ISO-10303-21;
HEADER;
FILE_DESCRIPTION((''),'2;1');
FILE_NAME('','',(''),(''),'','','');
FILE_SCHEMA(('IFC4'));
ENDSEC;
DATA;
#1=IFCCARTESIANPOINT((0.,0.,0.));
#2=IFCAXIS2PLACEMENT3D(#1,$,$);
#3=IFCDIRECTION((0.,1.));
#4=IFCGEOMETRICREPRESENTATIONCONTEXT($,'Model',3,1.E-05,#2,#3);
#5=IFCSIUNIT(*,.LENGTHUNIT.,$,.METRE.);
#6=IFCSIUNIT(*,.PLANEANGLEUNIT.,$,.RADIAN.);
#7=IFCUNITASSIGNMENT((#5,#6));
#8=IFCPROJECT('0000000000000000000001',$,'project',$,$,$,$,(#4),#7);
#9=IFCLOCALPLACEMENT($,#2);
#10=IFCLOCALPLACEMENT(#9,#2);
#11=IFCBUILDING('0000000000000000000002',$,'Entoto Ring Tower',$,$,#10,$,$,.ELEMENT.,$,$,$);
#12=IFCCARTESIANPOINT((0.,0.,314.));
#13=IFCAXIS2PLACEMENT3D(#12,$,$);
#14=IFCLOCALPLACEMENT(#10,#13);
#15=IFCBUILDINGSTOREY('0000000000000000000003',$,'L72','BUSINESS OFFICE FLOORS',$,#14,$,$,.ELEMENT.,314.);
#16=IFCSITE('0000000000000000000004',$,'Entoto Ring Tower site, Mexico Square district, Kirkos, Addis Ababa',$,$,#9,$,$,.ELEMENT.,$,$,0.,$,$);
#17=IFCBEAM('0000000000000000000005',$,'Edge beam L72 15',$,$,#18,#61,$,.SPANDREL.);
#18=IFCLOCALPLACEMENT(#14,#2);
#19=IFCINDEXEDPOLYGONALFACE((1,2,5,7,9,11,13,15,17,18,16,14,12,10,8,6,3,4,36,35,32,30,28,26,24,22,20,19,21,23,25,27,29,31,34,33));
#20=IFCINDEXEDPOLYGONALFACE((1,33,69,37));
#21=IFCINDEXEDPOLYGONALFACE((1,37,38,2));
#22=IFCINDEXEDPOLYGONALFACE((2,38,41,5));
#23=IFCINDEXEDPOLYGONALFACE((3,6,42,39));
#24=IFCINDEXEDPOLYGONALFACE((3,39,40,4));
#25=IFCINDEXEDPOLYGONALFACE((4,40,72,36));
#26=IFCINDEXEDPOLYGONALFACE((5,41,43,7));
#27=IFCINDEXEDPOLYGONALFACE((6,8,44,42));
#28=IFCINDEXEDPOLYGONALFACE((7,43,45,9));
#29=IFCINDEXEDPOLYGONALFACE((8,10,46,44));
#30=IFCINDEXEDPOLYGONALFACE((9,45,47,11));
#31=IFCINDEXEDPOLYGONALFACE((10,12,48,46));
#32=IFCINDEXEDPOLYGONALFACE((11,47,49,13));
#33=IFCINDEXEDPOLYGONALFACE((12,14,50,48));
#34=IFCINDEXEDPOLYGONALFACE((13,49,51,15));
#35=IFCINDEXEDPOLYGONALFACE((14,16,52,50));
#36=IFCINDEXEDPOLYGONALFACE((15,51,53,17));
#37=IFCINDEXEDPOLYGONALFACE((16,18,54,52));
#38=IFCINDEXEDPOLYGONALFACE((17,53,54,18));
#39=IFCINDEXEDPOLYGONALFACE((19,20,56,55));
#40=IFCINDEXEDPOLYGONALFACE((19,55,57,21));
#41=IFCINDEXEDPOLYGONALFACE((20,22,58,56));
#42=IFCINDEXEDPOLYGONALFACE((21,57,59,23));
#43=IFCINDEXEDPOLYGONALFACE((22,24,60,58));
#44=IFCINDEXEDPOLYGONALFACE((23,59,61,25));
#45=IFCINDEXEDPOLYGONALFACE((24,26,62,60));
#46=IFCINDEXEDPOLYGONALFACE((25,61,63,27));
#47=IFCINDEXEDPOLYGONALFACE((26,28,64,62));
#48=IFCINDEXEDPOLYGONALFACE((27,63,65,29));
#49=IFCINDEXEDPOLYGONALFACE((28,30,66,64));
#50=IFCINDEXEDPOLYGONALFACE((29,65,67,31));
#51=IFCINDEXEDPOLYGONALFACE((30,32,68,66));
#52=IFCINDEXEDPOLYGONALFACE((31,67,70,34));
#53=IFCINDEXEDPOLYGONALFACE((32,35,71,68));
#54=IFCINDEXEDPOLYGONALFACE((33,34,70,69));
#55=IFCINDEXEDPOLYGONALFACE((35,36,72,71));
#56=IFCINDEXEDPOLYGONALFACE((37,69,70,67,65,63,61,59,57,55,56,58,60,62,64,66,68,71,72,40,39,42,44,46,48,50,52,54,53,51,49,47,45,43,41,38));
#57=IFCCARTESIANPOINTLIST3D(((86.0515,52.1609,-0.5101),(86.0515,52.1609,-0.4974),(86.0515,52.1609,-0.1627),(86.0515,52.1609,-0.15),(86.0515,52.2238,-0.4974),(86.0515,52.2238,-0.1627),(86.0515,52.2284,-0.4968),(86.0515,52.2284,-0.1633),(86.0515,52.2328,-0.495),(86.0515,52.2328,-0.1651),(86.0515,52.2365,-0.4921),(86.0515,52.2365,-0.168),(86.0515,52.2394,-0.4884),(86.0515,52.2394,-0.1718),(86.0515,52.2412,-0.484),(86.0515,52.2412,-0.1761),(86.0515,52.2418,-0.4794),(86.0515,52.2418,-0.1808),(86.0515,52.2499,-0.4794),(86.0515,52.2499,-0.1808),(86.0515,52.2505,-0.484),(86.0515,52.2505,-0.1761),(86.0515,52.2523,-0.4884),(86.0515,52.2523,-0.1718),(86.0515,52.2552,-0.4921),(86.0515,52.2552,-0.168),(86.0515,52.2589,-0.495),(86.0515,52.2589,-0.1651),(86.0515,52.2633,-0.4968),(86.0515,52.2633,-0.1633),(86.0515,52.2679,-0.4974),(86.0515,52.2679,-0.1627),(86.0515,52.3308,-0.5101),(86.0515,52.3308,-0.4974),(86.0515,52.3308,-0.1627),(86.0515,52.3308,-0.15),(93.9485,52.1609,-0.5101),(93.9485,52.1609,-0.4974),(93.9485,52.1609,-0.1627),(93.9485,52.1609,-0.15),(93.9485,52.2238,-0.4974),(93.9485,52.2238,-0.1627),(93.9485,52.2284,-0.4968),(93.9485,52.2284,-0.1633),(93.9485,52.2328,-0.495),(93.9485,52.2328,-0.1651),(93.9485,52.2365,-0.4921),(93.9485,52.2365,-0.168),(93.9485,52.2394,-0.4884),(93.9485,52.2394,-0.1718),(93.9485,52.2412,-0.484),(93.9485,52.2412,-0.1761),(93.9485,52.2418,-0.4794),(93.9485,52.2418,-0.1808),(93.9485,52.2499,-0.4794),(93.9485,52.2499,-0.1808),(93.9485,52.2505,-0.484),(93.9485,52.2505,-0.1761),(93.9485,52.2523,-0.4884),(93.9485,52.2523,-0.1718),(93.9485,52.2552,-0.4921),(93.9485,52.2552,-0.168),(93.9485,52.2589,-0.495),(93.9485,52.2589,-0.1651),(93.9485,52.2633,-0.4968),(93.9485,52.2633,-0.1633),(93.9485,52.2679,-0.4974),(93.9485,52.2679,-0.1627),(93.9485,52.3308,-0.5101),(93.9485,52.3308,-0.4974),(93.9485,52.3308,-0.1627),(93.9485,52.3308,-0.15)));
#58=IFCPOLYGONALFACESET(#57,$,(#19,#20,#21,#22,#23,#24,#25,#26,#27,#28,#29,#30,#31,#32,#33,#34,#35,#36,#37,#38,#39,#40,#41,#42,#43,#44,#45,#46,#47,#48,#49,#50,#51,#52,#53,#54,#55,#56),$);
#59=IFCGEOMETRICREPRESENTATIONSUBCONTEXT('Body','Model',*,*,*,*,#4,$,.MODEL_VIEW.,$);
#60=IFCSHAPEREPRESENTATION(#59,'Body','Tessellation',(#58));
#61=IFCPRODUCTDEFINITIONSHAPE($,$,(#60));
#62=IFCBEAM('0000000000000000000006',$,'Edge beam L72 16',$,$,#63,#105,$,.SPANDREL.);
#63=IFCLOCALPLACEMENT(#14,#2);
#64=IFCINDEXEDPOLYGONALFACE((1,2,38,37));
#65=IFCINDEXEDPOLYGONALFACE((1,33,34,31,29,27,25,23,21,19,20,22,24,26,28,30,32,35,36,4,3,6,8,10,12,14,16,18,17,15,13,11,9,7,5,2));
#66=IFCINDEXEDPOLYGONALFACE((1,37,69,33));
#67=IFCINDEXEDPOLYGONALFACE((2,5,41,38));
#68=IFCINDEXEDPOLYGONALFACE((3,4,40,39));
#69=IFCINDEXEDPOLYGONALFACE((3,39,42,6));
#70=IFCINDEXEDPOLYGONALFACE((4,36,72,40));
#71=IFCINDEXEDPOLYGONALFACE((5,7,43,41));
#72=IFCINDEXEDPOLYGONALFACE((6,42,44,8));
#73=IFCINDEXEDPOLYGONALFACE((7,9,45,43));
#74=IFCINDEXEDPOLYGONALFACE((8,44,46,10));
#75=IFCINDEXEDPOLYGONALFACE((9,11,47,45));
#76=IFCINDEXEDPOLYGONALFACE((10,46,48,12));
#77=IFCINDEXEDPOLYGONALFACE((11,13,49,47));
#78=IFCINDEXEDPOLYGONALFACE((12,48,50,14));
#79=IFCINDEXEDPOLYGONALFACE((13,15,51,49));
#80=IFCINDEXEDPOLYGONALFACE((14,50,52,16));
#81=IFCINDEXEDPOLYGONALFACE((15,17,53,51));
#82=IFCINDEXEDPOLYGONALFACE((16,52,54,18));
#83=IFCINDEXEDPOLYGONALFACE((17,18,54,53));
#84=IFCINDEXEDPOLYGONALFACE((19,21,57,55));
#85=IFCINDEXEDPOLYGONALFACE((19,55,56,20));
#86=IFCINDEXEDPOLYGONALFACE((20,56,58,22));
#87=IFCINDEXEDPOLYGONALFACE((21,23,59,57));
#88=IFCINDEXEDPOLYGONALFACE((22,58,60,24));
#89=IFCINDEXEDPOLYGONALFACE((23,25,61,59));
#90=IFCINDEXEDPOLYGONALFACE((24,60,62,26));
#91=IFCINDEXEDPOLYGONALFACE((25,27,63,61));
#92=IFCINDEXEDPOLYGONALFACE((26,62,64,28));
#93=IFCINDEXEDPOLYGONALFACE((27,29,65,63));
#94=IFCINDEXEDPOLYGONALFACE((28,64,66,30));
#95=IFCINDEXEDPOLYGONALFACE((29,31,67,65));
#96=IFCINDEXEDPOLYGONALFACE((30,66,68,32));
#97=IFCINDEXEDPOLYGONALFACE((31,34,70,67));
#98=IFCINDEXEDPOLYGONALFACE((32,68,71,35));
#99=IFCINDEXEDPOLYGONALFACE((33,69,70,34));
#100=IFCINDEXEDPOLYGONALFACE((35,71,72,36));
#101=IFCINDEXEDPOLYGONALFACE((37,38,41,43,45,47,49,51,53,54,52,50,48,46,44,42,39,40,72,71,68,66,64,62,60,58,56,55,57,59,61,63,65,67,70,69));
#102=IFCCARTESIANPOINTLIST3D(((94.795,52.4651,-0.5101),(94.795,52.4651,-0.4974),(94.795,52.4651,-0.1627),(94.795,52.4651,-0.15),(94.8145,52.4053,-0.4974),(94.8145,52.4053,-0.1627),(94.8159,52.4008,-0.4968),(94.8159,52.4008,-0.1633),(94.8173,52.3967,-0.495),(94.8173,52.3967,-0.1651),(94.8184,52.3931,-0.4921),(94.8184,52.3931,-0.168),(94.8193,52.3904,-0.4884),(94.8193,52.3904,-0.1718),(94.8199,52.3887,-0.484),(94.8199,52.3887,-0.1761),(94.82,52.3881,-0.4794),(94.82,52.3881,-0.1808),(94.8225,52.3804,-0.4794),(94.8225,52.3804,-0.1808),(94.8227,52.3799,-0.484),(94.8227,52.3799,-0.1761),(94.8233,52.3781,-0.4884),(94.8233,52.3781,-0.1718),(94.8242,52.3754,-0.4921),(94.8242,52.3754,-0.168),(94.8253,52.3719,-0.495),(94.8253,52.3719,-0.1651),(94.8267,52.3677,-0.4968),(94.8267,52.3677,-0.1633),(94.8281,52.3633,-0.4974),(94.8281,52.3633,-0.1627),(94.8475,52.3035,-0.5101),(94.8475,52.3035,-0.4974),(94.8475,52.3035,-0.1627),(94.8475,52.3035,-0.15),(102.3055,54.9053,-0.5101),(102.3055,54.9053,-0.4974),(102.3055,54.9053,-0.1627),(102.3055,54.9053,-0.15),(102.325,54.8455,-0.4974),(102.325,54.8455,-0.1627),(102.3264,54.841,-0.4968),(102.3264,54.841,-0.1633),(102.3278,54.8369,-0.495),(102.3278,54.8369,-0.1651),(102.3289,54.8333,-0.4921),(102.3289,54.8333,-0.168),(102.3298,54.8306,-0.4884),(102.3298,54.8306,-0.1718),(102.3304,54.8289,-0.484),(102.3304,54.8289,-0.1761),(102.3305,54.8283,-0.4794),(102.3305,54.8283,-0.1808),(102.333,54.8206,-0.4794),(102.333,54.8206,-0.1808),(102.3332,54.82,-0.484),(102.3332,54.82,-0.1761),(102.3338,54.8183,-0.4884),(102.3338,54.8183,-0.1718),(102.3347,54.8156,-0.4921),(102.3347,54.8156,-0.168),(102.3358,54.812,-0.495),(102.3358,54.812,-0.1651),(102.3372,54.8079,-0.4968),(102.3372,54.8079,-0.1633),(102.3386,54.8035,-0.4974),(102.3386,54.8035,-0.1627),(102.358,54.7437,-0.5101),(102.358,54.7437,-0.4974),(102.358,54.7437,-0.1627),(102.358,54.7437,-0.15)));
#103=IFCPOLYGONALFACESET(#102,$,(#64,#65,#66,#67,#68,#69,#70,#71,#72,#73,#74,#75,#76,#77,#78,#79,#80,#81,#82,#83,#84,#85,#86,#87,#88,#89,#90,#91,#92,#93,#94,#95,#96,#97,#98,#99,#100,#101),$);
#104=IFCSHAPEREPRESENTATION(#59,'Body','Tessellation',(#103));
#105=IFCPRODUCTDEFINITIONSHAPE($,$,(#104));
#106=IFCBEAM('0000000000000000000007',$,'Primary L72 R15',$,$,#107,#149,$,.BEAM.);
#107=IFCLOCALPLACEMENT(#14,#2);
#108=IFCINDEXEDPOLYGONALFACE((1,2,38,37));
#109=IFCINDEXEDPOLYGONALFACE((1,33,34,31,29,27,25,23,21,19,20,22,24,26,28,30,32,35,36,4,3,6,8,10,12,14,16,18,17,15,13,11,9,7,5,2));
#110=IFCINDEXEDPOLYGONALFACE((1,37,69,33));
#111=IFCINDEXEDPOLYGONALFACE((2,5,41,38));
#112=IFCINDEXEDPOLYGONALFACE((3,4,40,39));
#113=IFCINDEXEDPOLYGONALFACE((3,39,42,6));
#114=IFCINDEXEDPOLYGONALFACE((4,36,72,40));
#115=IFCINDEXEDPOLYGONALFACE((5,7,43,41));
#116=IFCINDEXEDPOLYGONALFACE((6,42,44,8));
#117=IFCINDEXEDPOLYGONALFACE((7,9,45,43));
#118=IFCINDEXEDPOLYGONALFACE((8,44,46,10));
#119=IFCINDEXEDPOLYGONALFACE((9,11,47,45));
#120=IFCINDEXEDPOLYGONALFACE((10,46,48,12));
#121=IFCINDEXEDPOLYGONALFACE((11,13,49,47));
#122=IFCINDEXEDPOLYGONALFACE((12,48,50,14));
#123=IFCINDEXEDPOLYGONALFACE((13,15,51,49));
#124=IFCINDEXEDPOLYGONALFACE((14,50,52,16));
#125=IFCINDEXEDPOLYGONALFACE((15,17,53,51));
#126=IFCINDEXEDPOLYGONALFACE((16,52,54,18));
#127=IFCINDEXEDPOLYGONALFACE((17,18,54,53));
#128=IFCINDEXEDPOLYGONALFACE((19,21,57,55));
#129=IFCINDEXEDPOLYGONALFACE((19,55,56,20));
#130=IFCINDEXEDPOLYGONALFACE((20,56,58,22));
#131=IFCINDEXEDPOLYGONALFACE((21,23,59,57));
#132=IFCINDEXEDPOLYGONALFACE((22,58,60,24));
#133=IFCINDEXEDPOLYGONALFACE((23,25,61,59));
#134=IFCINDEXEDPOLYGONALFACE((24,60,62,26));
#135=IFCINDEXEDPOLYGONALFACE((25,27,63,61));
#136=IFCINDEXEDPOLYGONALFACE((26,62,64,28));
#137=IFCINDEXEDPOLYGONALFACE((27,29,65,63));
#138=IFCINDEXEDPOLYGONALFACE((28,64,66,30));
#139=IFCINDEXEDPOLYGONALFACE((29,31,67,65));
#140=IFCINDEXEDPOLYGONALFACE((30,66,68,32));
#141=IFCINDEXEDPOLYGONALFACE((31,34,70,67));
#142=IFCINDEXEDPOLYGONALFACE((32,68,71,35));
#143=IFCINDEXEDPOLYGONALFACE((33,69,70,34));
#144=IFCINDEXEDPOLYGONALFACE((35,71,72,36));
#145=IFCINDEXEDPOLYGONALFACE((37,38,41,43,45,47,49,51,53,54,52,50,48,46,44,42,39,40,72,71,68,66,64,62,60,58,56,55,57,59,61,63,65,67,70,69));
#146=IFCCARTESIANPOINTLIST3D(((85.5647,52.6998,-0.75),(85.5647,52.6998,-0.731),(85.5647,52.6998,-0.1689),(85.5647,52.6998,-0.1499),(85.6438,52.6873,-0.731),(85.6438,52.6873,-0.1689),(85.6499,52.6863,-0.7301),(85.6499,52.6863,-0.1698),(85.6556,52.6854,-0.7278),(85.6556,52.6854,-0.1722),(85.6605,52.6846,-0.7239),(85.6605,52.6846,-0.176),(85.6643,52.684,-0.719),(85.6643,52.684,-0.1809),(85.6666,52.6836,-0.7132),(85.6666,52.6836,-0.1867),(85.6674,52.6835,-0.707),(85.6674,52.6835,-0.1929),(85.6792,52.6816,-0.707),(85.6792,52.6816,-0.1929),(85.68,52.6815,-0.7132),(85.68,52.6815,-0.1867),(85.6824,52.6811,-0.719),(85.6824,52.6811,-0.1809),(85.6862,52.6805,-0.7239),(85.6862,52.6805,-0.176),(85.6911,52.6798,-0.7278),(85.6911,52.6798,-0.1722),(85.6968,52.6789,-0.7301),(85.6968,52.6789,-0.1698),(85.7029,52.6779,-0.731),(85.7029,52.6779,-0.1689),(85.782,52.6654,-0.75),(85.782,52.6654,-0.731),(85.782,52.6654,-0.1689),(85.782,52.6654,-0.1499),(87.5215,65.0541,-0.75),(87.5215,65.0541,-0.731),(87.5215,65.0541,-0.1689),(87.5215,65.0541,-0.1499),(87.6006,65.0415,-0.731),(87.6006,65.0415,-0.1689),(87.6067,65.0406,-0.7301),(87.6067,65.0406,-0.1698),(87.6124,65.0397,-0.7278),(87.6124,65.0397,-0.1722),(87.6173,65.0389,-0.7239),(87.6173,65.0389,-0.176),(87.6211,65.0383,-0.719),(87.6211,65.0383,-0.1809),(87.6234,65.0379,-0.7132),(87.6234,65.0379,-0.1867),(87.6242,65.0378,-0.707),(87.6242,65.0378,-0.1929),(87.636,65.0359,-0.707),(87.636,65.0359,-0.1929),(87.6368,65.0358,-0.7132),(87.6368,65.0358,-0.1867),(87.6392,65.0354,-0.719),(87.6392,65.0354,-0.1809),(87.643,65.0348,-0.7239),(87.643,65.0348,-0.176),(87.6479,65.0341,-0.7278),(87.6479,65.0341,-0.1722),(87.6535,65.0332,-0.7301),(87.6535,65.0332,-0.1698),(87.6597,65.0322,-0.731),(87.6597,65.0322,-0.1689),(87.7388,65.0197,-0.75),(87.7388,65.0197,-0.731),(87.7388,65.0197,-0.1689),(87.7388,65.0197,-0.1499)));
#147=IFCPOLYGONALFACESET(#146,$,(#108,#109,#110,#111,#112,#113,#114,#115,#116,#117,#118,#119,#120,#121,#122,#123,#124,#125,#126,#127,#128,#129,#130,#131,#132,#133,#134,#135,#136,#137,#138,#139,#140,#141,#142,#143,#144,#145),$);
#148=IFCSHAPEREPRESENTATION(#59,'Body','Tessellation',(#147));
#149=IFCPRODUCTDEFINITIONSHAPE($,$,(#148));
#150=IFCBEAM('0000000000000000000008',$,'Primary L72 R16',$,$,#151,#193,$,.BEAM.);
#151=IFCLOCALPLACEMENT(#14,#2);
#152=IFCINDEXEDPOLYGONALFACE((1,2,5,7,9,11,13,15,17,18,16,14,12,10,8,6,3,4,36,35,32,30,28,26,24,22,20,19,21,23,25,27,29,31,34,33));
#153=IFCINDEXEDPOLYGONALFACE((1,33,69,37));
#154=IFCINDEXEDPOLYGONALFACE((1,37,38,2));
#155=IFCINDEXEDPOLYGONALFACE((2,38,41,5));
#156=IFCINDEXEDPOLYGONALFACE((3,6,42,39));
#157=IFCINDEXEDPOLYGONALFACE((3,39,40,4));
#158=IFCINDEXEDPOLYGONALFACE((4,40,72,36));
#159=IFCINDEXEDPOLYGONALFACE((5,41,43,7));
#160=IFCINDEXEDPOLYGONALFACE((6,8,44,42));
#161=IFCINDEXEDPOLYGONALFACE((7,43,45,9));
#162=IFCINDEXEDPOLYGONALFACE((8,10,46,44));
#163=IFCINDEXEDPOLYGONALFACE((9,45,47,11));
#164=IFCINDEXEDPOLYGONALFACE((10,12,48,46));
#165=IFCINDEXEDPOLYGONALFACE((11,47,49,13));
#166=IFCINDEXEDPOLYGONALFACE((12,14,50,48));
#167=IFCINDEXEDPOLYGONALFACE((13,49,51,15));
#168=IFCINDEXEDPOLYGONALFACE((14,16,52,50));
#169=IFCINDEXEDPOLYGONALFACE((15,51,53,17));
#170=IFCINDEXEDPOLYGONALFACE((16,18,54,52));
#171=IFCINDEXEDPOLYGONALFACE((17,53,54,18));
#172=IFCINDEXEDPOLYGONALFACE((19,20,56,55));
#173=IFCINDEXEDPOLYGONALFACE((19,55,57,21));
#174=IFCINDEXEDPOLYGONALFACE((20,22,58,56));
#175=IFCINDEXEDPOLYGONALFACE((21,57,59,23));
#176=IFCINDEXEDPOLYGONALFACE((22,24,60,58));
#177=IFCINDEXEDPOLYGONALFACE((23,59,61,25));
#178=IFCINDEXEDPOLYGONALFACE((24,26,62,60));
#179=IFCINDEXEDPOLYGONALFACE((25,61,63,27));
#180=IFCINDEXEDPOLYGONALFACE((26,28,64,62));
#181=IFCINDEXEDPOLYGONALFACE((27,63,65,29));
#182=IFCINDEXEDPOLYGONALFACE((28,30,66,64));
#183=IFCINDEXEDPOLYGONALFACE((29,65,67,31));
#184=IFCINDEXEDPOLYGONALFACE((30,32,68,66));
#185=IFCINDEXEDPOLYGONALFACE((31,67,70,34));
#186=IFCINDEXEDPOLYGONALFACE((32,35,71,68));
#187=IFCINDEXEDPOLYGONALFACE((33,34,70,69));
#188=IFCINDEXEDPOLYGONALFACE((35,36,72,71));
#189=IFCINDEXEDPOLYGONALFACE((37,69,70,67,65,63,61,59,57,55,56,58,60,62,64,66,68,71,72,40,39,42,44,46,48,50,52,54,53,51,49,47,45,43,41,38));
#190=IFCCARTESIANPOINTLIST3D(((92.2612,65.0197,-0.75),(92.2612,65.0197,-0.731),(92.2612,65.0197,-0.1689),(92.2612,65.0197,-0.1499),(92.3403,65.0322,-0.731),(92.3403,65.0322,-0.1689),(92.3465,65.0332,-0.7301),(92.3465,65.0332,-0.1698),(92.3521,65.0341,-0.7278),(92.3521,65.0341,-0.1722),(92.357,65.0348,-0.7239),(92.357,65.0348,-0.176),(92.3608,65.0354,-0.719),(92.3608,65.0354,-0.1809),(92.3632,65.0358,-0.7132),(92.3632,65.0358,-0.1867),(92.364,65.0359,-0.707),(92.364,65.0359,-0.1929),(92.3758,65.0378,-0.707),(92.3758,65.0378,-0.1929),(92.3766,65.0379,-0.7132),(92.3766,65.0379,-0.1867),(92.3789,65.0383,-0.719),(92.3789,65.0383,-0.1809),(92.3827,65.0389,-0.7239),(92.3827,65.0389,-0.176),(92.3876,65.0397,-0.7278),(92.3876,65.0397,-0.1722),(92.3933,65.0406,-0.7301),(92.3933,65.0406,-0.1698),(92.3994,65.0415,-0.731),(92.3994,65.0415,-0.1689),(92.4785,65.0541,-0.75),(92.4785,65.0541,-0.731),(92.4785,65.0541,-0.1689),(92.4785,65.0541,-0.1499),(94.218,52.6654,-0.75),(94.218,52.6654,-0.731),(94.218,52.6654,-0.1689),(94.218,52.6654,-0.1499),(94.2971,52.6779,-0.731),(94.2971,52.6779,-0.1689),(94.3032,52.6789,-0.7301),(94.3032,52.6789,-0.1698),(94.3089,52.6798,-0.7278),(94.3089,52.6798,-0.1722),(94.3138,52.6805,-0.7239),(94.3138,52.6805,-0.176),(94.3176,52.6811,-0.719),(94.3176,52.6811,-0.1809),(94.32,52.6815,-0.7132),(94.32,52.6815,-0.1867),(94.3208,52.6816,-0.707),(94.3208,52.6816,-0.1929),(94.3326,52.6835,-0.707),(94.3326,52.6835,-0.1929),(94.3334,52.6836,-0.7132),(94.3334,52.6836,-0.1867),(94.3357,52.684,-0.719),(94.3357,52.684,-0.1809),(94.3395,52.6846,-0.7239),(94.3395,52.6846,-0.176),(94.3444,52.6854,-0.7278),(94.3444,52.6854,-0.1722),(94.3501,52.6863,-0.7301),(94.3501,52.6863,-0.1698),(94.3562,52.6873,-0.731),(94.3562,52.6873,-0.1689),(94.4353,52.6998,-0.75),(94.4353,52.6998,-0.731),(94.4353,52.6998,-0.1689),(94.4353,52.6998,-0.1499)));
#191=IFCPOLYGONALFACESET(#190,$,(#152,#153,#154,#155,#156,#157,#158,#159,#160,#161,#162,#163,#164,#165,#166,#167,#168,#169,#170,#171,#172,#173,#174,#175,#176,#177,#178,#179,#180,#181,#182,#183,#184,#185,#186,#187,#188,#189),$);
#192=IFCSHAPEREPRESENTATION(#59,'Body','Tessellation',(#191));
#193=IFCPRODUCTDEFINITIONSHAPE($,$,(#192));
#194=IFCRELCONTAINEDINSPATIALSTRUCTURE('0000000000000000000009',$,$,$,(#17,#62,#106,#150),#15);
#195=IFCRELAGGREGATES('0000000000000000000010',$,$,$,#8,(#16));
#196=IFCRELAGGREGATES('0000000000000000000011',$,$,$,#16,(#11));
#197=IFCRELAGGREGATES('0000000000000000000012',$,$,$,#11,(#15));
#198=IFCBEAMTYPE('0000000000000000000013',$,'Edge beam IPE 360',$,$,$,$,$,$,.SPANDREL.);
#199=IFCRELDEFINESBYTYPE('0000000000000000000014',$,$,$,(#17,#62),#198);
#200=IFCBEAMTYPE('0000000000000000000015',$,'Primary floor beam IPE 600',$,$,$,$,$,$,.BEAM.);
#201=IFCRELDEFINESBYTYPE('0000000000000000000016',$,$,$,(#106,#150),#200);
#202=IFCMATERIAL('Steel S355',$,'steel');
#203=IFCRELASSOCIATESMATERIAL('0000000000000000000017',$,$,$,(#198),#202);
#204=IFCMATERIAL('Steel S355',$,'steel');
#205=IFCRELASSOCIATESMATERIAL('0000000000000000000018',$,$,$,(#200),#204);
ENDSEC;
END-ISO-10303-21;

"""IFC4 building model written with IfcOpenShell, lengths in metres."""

from ifc_helpers import new_model, si_unit, direction, frame, origin, origin_2d, place, context, subcontext, project, spatial, i_section, extrude, material, material_profile, profile_set, type_object, element, save


model = new_model("IFC4")

# Units and contexts
model_context = context("Model", 3, precision=1e-05, world=origin(), true_north=direction((0.0, 1.0)))
body_context = subcontext(model_context, "Body", "Model", "MODEL_VIEW")
ifc_project = project(units=[si_unit("LENGTHUNIT", "METRE"), si_unit("PLANEANGLEUNIT", "RADIAN")], contexts=[model_context])

# Site, building, storey
site_placement = place(None, origin())
site = spatial("IfcSite", under=ifc_project, at=site_placement, Name="Entoto Ring Tower site, Mexico Square district, Kirkos, Addis Ababa", CompositionType="ELEMENT", RefElevation=0.0)
building_placement = place(site_placement, origin())
building = spatial("IfcBuilding", under=site, at=building_placement, Name="Entoto Ring Tower", CompositionType="ELEMENT")
storey_placement = place(building_placement, frame((0.0, 0.0, 314.0)))
storey = spatial("IfcBuildingStorey", under=building, at=storey_placement, Name="L72", Description="BUSINESS OFFICE FLOORS", CompositionType="ELEMENT", Elevation=314.0)

# Beams
ifc_material_1 = material(Name="Steel S355", Category="steel")
ifc_material_profile_1 = material_profile(ifc_material_1, i_section(OverallWidth=0.1699, OverallDepth=0.3601, WebThickness=0.0081, FlangeThickness=0.0127, FilletRadius=0.0181, at=origin_2d()), Name="IPE 360")
ifc_profile_set_1 = profile_set([ifc_material_profile_1], Name="Steel S355")
beam_type_1 = type_object("IfcBeamType", Name="Edge beam IPE 360", PredefinedType="SPANDREL", material=ifc_profile_set_1)
for number, where, z_axis, x_axis, name in (
    (1, (86.0515, 52.2458, -0.3301), (1.0, 0.0, 0.0), (0.0, 1.0, 0.0), "Edge beam L72 15"),
    (2, (94.8213, 52.3843, -0.3301), (0.951061, 0.309003, 0.0), (-0.309003, 0.951061, 0.0), "Edge beam L72 16"),
):
    element("IfcBeam", number, at=place(storey_placement, frame(where, z_axis=z_axis, x_axis=x_axis)), inside=storey, type_object=beam_type_1, Name=name, PredefinedType="SPANDREL", context=body_context, shape_type="SweptSolid", body=[
        extrude(i_section(OverallWidth=0.1699, OverallDepth=0.3601, WebThickness=0.0081, FlangeThickness=0.0127, FilletRadius=0.0181, at=origin_2d()), origin(), (0.0, 0.0, 1.0), 7.897),
    ])
ifc_material_2 = material(Name="Steel S355", Category="steel")
ifc_material_profile_2 = material_profile(ifc_material_2, i_section(OverallWidth=0.22, OverallDepth=0.6001, WebThickness=0.012, FlangeThickness=0.019, FilletRadius=0.0239, at=origin_2d()), Name="IPE 600")
ifc_profile_set_2 = profile_set([ifc_material_profile_2], Name="Steel S355")
beam_type_2 = type_object("IfcBeamType", Name="Primary floor beam IPE 600", PredefinedType="BEAM", material=ifc_profile_set_2)
for number, where, z_axis, x_axis, name in (
    (3, (87.6301, 65.0369, -0.45), (-0.15644, -0.987688, 0.0), (0.987688, -0.15644, 0.0), "Primary L72 R15"),
    (4, (92.3699, 65.0369, -0.45), (0.15644, -0.987688, 0.0), (0.987688, 0.15644, 0.0), "Primary L72 R16"),
):
    element("IfcBeam", number, at=place(storey_placement, frame(where, z_axis=z_axis, x_axis=x_axis)), inside=storey, type_object=beam_type_2, Name=name, PredefinedType="BEAM", context=body_context, shape_type="SweptSolid", body=[
        extrude(i_section(OverallWidth=0.22, OverallDepth=0.6001, WebThickness=0.012, FlangeThickness=0.019, FilletRadius=0.0239, at=origin_2d()), origin(), (0.0, 0.0, 1.0), 12.5083),
    ])

save(model, "model.ifc")
